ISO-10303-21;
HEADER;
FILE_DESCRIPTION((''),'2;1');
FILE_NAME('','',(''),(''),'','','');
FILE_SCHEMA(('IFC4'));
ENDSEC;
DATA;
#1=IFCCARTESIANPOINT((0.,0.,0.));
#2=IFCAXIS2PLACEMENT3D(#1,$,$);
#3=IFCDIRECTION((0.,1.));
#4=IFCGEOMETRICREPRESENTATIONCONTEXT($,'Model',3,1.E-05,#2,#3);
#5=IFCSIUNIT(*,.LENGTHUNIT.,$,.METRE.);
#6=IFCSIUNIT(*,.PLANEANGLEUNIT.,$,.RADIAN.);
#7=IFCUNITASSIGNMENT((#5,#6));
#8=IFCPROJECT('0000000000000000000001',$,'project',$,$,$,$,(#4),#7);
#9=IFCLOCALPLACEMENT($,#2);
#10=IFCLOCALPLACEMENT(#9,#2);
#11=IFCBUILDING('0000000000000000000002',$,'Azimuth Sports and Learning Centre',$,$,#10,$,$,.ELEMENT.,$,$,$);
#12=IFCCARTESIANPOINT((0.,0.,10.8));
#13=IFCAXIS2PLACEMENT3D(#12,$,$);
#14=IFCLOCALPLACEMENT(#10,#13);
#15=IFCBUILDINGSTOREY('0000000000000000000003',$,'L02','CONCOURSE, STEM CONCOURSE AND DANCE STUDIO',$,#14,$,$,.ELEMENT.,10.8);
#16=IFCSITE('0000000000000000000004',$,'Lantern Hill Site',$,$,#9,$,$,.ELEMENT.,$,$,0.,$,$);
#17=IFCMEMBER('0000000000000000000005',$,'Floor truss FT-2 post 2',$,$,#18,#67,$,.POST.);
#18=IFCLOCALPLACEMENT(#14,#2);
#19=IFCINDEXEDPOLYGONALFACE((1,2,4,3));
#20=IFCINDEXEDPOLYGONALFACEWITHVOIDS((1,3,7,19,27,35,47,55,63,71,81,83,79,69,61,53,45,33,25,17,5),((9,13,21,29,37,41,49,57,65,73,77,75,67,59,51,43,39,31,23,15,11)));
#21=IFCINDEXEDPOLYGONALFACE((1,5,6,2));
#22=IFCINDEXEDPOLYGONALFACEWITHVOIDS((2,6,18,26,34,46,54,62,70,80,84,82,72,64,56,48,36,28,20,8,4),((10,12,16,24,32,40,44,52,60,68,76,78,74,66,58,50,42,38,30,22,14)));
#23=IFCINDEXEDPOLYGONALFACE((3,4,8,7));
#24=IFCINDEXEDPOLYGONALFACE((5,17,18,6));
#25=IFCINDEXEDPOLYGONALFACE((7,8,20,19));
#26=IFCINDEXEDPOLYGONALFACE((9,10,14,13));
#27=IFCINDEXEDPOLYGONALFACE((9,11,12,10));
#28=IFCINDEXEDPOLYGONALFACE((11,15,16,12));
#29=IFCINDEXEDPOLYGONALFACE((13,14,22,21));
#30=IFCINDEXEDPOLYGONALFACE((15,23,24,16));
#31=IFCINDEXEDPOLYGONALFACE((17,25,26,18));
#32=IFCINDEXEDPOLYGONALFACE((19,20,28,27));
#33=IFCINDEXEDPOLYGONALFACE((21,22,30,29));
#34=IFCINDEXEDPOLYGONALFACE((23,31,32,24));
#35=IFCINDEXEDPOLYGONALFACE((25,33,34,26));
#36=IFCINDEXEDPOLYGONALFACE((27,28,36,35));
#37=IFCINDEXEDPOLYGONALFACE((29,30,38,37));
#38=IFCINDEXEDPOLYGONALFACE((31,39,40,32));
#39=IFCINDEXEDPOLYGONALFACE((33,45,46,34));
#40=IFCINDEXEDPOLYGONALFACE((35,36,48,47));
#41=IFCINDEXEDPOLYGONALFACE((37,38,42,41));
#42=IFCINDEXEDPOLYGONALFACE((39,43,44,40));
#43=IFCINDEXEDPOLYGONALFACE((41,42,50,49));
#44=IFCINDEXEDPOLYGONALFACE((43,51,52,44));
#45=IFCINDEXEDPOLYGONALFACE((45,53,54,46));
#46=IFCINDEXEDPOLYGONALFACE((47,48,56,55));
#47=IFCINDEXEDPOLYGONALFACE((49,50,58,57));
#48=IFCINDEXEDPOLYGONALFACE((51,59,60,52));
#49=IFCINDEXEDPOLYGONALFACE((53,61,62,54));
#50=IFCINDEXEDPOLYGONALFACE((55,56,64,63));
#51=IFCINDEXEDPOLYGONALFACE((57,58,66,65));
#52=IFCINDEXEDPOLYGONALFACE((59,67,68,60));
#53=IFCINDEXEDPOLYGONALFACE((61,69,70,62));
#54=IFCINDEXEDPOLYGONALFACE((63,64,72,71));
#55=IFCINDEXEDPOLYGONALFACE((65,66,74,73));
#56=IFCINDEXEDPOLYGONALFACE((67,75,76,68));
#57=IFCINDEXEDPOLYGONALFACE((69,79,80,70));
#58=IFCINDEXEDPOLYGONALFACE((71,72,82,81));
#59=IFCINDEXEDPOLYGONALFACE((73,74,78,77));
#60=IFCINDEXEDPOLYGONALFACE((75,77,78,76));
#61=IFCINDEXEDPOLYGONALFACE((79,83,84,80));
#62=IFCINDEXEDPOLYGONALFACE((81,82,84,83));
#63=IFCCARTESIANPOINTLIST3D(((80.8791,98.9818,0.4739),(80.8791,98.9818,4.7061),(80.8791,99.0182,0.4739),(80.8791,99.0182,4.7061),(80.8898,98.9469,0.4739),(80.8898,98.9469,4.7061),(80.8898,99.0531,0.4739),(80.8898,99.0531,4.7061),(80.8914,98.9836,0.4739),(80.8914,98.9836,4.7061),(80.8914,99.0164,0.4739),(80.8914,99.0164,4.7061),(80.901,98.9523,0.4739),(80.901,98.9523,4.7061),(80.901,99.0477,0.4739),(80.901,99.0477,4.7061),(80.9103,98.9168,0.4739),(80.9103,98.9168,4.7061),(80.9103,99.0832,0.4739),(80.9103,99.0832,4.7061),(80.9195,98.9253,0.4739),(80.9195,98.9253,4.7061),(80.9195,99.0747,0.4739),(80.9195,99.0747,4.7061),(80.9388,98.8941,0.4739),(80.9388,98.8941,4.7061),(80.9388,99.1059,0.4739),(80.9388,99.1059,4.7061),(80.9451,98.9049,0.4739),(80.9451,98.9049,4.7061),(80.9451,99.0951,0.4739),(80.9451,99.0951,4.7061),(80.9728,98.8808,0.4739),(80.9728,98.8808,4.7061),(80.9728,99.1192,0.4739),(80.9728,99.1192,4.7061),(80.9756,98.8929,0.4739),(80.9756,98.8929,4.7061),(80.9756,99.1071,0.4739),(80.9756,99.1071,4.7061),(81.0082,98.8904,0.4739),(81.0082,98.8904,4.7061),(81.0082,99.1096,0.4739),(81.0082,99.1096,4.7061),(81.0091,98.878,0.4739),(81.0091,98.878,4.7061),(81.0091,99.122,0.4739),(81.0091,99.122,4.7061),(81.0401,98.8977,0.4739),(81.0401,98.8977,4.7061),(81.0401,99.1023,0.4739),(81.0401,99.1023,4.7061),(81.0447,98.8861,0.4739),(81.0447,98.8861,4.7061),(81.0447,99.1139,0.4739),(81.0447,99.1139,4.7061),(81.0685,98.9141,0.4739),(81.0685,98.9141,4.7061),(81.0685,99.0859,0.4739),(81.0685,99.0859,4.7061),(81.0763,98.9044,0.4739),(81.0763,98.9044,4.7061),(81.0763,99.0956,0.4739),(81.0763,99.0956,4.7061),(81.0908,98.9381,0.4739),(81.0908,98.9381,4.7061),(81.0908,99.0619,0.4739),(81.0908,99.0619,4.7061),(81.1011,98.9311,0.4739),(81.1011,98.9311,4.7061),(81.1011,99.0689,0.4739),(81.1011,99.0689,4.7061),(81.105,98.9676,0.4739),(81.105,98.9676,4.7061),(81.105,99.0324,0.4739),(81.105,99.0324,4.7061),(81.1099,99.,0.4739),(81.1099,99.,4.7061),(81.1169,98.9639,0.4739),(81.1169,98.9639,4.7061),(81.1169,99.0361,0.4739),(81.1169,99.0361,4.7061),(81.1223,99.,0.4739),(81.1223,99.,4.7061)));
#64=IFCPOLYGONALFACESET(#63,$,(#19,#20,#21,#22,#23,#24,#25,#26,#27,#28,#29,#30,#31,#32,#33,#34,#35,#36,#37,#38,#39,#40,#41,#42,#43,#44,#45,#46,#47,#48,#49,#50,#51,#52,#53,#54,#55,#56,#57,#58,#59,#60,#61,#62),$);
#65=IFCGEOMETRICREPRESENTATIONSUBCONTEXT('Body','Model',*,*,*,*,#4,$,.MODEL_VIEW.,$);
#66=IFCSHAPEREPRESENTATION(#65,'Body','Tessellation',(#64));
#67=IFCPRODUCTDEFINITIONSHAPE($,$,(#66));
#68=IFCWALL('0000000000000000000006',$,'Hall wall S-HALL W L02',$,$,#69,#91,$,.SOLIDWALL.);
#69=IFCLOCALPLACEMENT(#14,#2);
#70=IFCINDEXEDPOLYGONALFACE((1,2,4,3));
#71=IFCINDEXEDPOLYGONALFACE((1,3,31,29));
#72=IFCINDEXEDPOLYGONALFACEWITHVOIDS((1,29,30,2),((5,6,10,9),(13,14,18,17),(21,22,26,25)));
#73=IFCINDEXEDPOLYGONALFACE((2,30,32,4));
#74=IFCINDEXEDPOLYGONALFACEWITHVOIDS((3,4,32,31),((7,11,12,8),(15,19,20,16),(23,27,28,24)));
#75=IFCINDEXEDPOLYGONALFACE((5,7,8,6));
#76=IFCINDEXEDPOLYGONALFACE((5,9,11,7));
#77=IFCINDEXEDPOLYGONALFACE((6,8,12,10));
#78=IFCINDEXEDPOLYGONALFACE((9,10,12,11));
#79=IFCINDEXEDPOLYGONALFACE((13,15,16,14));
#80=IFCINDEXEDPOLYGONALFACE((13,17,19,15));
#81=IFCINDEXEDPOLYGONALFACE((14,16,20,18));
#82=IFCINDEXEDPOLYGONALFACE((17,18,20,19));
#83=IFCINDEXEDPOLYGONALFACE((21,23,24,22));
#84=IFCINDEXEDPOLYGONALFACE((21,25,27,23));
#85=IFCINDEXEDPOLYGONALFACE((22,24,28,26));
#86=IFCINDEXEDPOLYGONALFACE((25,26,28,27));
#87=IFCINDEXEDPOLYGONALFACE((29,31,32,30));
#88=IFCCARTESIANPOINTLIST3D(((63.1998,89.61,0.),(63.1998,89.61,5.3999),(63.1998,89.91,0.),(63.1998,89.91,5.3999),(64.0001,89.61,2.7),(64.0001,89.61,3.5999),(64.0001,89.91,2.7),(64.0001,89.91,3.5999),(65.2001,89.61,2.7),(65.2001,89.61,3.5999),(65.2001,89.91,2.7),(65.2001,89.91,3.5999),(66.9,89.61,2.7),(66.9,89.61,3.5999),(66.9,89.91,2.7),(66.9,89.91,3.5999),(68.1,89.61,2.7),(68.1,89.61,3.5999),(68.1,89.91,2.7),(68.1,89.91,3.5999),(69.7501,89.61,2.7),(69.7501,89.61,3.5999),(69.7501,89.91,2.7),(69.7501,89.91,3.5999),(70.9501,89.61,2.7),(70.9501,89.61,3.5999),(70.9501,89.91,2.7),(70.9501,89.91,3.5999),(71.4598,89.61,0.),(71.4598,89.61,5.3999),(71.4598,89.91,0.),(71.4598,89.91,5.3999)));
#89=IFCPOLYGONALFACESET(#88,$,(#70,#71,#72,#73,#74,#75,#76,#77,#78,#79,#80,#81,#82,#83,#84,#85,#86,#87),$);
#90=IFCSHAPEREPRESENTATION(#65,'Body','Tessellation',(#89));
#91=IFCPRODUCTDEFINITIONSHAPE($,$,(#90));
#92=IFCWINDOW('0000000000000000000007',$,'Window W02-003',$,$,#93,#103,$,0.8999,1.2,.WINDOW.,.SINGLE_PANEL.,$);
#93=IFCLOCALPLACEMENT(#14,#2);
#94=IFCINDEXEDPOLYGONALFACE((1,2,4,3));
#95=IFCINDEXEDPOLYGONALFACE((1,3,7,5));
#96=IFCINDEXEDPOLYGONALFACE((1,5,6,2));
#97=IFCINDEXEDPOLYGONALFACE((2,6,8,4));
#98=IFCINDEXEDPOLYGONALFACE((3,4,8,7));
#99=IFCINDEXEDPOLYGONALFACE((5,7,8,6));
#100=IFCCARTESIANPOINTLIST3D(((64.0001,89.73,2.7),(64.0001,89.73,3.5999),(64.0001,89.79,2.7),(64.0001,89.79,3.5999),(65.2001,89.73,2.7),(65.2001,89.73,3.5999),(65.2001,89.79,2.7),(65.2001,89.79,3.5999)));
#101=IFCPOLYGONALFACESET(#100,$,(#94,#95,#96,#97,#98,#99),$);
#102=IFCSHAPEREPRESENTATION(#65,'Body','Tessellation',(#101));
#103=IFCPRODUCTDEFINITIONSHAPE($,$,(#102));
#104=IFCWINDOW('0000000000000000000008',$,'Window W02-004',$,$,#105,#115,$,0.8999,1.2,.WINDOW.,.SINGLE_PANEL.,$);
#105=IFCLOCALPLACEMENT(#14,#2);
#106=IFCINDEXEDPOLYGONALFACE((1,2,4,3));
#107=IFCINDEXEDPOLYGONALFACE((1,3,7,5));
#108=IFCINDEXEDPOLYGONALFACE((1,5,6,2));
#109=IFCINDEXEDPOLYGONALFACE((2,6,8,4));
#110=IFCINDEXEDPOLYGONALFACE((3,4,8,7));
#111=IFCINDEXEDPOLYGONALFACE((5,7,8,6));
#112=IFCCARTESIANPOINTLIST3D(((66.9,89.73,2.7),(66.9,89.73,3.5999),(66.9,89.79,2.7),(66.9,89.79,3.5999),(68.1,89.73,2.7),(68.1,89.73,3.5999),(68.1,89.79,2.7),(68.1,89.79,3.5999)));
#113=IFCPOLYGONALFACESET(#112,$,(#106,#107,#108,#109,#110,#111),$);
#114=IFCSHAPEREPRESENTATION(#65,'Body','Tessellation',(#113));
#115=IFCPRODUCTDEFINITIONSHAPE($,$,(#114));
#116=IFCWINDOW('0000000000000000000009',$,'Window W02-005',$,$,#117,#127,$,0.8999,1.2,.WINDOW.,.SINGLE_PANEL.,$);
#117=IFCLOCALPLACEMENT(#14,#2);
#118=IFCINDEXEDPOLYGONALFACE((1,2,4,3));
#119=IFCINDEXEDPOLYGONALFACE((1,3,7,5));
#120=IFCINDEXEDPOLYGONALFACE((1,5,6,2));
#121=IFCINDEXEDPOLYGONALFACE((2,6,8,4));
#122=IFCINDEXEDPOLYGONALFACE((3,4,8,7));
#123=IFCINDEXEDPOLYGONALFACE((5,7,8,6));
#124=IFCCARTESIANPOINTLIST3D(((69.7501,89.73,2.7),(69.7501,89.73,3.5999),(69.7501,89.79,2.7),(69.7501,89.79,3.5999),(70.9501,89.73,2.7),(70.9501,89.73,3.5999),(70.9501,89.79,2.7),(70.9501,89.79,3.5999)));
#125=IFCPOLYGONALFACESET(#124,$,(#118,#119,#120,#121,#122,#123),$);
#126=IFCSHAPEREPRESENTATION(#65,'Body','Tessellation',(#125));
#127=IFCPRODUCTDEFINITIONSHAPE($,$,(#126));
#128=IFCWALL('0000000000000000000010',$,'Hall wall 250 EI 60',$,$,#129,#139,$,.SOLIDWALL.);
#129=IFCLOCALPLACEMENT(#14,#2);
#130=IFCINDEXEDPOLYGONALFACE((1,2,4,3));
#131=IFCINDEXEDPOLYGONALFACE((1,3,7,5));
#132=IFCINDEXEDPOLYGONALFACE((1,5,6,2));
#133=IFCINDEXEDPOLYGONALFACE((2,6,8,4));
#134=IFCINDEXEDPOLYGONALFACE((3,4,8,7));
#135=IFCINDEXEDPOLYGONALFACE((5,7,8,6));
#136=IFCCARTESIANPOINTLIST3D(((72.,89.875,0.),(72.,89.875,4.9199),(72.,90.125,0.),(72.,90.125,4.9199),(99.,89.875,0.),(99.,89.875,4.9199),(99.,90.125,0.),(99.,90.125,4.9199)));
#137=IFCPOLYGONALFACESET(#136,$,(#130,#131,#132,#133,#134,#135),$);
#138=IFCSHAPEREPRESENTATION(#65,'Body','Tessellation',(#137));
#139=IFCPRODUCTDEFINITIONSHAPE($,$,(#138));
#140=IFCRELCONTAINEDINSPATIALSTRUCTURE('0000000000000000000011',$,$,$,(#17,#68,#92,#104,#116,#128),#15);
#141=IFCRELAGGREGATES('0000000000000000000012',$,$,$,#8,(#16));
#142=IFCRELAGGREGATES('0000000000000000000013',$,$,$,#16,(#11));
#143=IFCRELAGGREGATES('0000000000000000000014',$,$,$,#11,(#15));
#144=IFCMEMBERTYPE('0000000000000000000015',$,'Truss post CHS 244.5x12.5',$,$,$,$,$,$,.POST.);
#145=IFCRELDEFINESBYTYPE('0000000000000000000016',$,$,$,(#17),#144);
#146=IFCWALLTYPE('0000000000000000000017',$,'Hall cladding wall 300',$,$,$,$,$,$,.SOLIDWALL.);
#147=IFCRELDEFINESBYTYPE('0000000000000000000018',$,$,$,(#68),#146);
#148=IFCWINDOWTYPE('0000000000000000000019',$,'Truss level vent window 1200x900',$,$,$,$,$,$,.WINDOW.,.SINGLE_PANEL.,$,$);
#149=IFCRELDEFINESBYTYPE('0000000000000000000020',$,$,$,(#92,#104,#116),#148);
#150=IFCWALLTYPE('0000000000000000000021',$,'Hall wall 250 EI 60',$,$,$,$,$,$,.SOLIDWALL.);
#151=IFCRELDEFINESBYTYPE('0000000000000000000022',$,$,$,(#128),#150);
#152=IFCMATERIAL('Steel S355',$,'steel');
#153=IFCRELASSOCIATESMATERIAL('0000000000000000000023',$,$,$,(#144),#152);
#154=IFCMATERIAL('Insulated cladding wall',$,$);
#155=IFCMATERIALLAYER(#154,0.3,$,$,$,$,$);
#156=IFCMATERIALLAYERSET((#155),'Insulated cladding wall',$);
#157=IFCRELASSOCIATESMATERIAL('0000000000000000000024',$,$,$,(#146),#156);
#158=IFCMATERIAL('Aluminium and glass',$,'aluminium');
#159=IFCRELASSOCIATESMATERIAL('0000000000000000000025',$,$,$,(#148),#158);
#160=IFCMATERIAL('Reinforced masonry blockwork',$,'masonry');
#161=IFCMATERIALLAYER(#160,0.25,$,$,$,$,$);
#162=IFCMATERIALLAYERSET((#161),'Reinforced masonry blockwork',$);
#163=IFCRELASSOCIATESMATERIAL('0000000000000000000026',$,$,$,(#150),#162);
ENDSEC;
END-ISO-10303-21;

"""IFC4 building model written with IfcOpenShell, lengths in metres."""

from ifc_helpers import new_model, si_unit, direction, frame, frame_2d, origin, origin_2d, place, context, subcontext, project, spatial, rectangle, hollow_circle, extrude, material, layer, layer_set, material_profile, profile_set, type_object, element, fill, save


model = new_model("IFC4")

# Units and contexts
model_context = context("Model", 3, precision=1e-05, world=origin(), true_north=direction((0.0, 1.0)))
body_context = subcontext(model_context, "Body", "Model", "MODEL_VIEW")
ifc_project = project(units=[si_unit("LENGTHUNIT", "METRE"), si_unit("PLANEANGLEUNIT", "RADIAN")], contexts=[model_context])

# Site, building, storey
site_placement = place(None, origin())
site = spatial("IfcSite", under=ifc_project, at=site_placement, Name="Lantern Hill Site", CompositionType="ELEMENT", RefElevation=0.0)
building_placement = place(site_placement, origin())
building = spatial("IfcBuilding", under=site, at=building_placement, Name="Azimuth Sports and Learning Centre", CompositionType="ELEMENT")
storey_placement = place(building_placement, frame((0.0, 0.0, 10.8)))
storey = spatial("IfcBuildingStorey", under=building, at=storey_placement, Name="L02", Description="CONCOURSE, STEM CONCOURSE AND DANCE STUDIO", CompositionType="ELEMENT", Elevation=10.8)

# Member
ifc_material_1 = material(Name="Steel S355", Category="steel")
ifc_material_profile_1 = material_profile(ifc_material_1, hollow_circle(Radius=0.1223, WallThickness=0.0125, at=origin_2d()), Name="CHS 244.5x12.5")
ifc_profile_set_1 = profile_set([ifc_material_profile_1], Name="Steel S355")
member_type_1 = type_object("IfcMemberType", Name="Truss post CHS 244.5x12.5", PredefinedType="POST", material=ifc_profile_set_1)
member_1_placement = place(storey_placement, frame((81.0, 99.0, 0.4739), z_axis=(0.0, 0.0, 1.0), x_axis=(1.0, 0.0, 0.0)))
element("IfcMember", 1, at=member_1_placement, inside=storey, type_object=member_type_1, Name="Floor truss FT-2 post 2", PredefinedType="POST", context=body_context, shape_type="SweptSolid", body=[
    extrude(hollow_circle(Radius=0.1223, WallThickness=0.0125, at=origin_2d()), origin(), (0.0, 0.0, 1.0), 4.2322),
])

# Wall, openings, windows
ifc_material_2 = material(Name="Insulated cladding wall")
ifc_layer_1 = layer(ifc_material_2, 0.3)
ifc_layer_set_1 = layer_set([ifc_layer_1], Name="Insulated cladding wall")
wall_type_1 = type_object("IfcWallType", Name="Hall cladding wall 300", PredefinedType="SOLIDWALL", material=ifc_layer_set_1)
wall_1_placement = place(storey_placement, frame((63.2, 89.76, 0.0), z_axis=(0.0, 0.0, 1.0), x_axis=(1.0, 0.0, 0.0)))
wall_1 = element("IfcWall", 2, at=wall_1_placement, inside=storey, type_object=wall_type_1, Name="Hall wall S-HALL W L02", PredefinedType="SOLIDWALL", context=body_context, shape_type="SweptSolid", body=[
    extrude(rectangle(XDim=8.26, YDim=0.3, at=frame_2d((4.1299, 0.0))), origin(), (0.0, 0.0, 1.0), 5.3999),
])
opening_1_placement = place(wall_1_placement, frame((0.8, 0.0, 2.7)))
opening_1 = element("IfcOpeningElement", 3, at=opening_1_placement, cuts=wall_1, PredefinedType="OPENING", context=body_context, shape_type="SweptSolid", body=[
    extrude(rectangle(XDim=1.2, YDim=0.8999, at=frame_2d((0.6001, 0.45))), frame((0.0, 0.1611, 0.0), z_axis=(0.0, -1.0, 0.0), x_axis=(1.0, 0.0, 0.0)), (0.0, 0.0, 1.0), 0.322),
])
opening_2_placement = place(wall_1_placement, frame((3.7, 0.0, 2.7)))
opening_2 = element("IfcOpeningElement", 4, at=opening_2_placement, cuts=wall_1, PredefinedType="OPENING", context=body_context, shape_type="SweptSolid", body=[
    extrude(rectangle(XDim=1.2, YDim=0.8999, at=frame_2d((0.6001, 0.45))), frame((0.0, 0.1611, 0.0), z_axis=(0.0, -1.0, 0.0), x_axis=(1.0, 0.0, 0.0)), (0.0, 0.0, 1.0), 0.322),
])
opening_3_placement = place(wall_1_placement, frame((6.55, 0.0, 2.7)))
opening_3 = element("IfcOpeningElement", 5, at=opening_3_placement, cuts=wall_1, PredefinedType="OPENING", context=body_context, shape_type="SweptSolid", body=[
    extrude(rectangle(XDim=1.2, YDim=0.8999, at=frame_2d((0.6001, 0.45))), frame((0.0, 0.1611, 0.0), z_axis=(0.0, -1.0, 0.0), x_axis=(1.0, 0.0, 0.0)), (0.0, 0.0, 1.0), 0.322),
])
ifc_material_3 = material(Name="Aluminium and glass", Category="aluminium")
window_type = type_object("IfcWindowType", Name="Truss level vent window 1200x900", PartitioningType="SINGLE_PANEL", PredefinedType="WINDOW", material=ifc_material_3)
window_1_placement = place(opening_1_placement, origin())
window_1 = element("IfcWindow", 6, at=window_1_placement, inside=storey, type_object=window_type, Name="Window W02-003", OverallHeight=0.8999, OverallWidth=1.2, PartitioningType="SINGLE_PANEL", PredefinedType="WINDOW", context=body_context, shape_type="SweptSolid", body=[
    extrude(rectangle(XDim=1.2, YDim=0.8999, at=frame_2d((0.6001, 0.45))), frame((0.0, 0.03, 0.0), z_axis=(0.0, -1.0, 0.0), x_axis=(1.0, 0.0, 0.0)), (0.0, 0.0, 1.0), 0.0601),
])
fill(opening_1, window_1)
window_2_placement = place(opening_2_placement, origin())
window_2 = element("IfcWindow", 7, at=window_2_placement, inside=storey, type_object=window_type, Name="Window W02-004", OverallHeight=0.8999, OverallWidth=1.2, PartitioningType="SINGLE_PANEL", PredefinedType="WINDOW", context=body_context, shape_type="SweptSolid", body=[
    extrude(rectangle(XDim=1.2, YDim=0.8999, at=frame_2d((0.6001, 0.45))), frame((0.0, 0.03, 0.0), z_axis=(0.0, -1.0, 0.0), x_axis=(1.0, 0.0, 0.0)), (0.0, 0.0, 1.0), 0.0601),
])
fill(opening_2, window_2)
window_3_placement = place(opening_3_placement, origin())
window_3 = element("IfcWindow", 8, at=window_3_placement, inside=storey, type_object=window_type, Name="Window W02-005", OverallHeight=0.8999, OverallWidth=1.2, PartitioningType="SINGLE_PANEL", PredefinedType="WINDOW", context=body_context, shape_type="SweptSolid", body=[
    extrude(rectangle(XDim=1.2, YDim=0.8999, at=frame_2d((0.6001, 0.45))), frame((0.0, 0.03, 0.0), z_axis=(0.0, -1.0, 0.0), x_axis=(1.0, 0.0, 0.0)), (0.0, 0.0, 1.0), 0.0601),
])
fill(opening_3, window_3)

# Wall
ifc_material_4 = material(Name="Reinforced masonry blockwork", Category="masonry")
ifc_layer_2 = layer(ifc_material_4, 0.25)
ifc_layer_set_2 = layer_set([ifc_layer_2], Name="Reinforced masonry blockwork")
wall_type_2 = type_object("IfcWallType", Name="Hall wall 250 EI 60", PredefinedType="SOLIDWALL", material=ifc_layer_set_2)
wall_2_placement = place(storey_placement, frame((72.0, 90.0, 0.0), z_axis=(0.0, 0.0, 1.0), x_axis=(1.0, 0.0, 0.0)))
element("IfcWall", 9, at=wall_2_placement, inside=storey, type_object=wall_type_2, Name="Hall wall 250 EI 60", PredefinedType="SOLIDWALL", context=body_context, shape_type="SweptSolid", body=[
    extrude(rectangle(XDim=27.0, YDim=0.25, at=frame_2d((13.5, 0.0))), origin(), (0.0, 0.0, 1.0), 4.9199),
])

save(model, "model.ifc")
